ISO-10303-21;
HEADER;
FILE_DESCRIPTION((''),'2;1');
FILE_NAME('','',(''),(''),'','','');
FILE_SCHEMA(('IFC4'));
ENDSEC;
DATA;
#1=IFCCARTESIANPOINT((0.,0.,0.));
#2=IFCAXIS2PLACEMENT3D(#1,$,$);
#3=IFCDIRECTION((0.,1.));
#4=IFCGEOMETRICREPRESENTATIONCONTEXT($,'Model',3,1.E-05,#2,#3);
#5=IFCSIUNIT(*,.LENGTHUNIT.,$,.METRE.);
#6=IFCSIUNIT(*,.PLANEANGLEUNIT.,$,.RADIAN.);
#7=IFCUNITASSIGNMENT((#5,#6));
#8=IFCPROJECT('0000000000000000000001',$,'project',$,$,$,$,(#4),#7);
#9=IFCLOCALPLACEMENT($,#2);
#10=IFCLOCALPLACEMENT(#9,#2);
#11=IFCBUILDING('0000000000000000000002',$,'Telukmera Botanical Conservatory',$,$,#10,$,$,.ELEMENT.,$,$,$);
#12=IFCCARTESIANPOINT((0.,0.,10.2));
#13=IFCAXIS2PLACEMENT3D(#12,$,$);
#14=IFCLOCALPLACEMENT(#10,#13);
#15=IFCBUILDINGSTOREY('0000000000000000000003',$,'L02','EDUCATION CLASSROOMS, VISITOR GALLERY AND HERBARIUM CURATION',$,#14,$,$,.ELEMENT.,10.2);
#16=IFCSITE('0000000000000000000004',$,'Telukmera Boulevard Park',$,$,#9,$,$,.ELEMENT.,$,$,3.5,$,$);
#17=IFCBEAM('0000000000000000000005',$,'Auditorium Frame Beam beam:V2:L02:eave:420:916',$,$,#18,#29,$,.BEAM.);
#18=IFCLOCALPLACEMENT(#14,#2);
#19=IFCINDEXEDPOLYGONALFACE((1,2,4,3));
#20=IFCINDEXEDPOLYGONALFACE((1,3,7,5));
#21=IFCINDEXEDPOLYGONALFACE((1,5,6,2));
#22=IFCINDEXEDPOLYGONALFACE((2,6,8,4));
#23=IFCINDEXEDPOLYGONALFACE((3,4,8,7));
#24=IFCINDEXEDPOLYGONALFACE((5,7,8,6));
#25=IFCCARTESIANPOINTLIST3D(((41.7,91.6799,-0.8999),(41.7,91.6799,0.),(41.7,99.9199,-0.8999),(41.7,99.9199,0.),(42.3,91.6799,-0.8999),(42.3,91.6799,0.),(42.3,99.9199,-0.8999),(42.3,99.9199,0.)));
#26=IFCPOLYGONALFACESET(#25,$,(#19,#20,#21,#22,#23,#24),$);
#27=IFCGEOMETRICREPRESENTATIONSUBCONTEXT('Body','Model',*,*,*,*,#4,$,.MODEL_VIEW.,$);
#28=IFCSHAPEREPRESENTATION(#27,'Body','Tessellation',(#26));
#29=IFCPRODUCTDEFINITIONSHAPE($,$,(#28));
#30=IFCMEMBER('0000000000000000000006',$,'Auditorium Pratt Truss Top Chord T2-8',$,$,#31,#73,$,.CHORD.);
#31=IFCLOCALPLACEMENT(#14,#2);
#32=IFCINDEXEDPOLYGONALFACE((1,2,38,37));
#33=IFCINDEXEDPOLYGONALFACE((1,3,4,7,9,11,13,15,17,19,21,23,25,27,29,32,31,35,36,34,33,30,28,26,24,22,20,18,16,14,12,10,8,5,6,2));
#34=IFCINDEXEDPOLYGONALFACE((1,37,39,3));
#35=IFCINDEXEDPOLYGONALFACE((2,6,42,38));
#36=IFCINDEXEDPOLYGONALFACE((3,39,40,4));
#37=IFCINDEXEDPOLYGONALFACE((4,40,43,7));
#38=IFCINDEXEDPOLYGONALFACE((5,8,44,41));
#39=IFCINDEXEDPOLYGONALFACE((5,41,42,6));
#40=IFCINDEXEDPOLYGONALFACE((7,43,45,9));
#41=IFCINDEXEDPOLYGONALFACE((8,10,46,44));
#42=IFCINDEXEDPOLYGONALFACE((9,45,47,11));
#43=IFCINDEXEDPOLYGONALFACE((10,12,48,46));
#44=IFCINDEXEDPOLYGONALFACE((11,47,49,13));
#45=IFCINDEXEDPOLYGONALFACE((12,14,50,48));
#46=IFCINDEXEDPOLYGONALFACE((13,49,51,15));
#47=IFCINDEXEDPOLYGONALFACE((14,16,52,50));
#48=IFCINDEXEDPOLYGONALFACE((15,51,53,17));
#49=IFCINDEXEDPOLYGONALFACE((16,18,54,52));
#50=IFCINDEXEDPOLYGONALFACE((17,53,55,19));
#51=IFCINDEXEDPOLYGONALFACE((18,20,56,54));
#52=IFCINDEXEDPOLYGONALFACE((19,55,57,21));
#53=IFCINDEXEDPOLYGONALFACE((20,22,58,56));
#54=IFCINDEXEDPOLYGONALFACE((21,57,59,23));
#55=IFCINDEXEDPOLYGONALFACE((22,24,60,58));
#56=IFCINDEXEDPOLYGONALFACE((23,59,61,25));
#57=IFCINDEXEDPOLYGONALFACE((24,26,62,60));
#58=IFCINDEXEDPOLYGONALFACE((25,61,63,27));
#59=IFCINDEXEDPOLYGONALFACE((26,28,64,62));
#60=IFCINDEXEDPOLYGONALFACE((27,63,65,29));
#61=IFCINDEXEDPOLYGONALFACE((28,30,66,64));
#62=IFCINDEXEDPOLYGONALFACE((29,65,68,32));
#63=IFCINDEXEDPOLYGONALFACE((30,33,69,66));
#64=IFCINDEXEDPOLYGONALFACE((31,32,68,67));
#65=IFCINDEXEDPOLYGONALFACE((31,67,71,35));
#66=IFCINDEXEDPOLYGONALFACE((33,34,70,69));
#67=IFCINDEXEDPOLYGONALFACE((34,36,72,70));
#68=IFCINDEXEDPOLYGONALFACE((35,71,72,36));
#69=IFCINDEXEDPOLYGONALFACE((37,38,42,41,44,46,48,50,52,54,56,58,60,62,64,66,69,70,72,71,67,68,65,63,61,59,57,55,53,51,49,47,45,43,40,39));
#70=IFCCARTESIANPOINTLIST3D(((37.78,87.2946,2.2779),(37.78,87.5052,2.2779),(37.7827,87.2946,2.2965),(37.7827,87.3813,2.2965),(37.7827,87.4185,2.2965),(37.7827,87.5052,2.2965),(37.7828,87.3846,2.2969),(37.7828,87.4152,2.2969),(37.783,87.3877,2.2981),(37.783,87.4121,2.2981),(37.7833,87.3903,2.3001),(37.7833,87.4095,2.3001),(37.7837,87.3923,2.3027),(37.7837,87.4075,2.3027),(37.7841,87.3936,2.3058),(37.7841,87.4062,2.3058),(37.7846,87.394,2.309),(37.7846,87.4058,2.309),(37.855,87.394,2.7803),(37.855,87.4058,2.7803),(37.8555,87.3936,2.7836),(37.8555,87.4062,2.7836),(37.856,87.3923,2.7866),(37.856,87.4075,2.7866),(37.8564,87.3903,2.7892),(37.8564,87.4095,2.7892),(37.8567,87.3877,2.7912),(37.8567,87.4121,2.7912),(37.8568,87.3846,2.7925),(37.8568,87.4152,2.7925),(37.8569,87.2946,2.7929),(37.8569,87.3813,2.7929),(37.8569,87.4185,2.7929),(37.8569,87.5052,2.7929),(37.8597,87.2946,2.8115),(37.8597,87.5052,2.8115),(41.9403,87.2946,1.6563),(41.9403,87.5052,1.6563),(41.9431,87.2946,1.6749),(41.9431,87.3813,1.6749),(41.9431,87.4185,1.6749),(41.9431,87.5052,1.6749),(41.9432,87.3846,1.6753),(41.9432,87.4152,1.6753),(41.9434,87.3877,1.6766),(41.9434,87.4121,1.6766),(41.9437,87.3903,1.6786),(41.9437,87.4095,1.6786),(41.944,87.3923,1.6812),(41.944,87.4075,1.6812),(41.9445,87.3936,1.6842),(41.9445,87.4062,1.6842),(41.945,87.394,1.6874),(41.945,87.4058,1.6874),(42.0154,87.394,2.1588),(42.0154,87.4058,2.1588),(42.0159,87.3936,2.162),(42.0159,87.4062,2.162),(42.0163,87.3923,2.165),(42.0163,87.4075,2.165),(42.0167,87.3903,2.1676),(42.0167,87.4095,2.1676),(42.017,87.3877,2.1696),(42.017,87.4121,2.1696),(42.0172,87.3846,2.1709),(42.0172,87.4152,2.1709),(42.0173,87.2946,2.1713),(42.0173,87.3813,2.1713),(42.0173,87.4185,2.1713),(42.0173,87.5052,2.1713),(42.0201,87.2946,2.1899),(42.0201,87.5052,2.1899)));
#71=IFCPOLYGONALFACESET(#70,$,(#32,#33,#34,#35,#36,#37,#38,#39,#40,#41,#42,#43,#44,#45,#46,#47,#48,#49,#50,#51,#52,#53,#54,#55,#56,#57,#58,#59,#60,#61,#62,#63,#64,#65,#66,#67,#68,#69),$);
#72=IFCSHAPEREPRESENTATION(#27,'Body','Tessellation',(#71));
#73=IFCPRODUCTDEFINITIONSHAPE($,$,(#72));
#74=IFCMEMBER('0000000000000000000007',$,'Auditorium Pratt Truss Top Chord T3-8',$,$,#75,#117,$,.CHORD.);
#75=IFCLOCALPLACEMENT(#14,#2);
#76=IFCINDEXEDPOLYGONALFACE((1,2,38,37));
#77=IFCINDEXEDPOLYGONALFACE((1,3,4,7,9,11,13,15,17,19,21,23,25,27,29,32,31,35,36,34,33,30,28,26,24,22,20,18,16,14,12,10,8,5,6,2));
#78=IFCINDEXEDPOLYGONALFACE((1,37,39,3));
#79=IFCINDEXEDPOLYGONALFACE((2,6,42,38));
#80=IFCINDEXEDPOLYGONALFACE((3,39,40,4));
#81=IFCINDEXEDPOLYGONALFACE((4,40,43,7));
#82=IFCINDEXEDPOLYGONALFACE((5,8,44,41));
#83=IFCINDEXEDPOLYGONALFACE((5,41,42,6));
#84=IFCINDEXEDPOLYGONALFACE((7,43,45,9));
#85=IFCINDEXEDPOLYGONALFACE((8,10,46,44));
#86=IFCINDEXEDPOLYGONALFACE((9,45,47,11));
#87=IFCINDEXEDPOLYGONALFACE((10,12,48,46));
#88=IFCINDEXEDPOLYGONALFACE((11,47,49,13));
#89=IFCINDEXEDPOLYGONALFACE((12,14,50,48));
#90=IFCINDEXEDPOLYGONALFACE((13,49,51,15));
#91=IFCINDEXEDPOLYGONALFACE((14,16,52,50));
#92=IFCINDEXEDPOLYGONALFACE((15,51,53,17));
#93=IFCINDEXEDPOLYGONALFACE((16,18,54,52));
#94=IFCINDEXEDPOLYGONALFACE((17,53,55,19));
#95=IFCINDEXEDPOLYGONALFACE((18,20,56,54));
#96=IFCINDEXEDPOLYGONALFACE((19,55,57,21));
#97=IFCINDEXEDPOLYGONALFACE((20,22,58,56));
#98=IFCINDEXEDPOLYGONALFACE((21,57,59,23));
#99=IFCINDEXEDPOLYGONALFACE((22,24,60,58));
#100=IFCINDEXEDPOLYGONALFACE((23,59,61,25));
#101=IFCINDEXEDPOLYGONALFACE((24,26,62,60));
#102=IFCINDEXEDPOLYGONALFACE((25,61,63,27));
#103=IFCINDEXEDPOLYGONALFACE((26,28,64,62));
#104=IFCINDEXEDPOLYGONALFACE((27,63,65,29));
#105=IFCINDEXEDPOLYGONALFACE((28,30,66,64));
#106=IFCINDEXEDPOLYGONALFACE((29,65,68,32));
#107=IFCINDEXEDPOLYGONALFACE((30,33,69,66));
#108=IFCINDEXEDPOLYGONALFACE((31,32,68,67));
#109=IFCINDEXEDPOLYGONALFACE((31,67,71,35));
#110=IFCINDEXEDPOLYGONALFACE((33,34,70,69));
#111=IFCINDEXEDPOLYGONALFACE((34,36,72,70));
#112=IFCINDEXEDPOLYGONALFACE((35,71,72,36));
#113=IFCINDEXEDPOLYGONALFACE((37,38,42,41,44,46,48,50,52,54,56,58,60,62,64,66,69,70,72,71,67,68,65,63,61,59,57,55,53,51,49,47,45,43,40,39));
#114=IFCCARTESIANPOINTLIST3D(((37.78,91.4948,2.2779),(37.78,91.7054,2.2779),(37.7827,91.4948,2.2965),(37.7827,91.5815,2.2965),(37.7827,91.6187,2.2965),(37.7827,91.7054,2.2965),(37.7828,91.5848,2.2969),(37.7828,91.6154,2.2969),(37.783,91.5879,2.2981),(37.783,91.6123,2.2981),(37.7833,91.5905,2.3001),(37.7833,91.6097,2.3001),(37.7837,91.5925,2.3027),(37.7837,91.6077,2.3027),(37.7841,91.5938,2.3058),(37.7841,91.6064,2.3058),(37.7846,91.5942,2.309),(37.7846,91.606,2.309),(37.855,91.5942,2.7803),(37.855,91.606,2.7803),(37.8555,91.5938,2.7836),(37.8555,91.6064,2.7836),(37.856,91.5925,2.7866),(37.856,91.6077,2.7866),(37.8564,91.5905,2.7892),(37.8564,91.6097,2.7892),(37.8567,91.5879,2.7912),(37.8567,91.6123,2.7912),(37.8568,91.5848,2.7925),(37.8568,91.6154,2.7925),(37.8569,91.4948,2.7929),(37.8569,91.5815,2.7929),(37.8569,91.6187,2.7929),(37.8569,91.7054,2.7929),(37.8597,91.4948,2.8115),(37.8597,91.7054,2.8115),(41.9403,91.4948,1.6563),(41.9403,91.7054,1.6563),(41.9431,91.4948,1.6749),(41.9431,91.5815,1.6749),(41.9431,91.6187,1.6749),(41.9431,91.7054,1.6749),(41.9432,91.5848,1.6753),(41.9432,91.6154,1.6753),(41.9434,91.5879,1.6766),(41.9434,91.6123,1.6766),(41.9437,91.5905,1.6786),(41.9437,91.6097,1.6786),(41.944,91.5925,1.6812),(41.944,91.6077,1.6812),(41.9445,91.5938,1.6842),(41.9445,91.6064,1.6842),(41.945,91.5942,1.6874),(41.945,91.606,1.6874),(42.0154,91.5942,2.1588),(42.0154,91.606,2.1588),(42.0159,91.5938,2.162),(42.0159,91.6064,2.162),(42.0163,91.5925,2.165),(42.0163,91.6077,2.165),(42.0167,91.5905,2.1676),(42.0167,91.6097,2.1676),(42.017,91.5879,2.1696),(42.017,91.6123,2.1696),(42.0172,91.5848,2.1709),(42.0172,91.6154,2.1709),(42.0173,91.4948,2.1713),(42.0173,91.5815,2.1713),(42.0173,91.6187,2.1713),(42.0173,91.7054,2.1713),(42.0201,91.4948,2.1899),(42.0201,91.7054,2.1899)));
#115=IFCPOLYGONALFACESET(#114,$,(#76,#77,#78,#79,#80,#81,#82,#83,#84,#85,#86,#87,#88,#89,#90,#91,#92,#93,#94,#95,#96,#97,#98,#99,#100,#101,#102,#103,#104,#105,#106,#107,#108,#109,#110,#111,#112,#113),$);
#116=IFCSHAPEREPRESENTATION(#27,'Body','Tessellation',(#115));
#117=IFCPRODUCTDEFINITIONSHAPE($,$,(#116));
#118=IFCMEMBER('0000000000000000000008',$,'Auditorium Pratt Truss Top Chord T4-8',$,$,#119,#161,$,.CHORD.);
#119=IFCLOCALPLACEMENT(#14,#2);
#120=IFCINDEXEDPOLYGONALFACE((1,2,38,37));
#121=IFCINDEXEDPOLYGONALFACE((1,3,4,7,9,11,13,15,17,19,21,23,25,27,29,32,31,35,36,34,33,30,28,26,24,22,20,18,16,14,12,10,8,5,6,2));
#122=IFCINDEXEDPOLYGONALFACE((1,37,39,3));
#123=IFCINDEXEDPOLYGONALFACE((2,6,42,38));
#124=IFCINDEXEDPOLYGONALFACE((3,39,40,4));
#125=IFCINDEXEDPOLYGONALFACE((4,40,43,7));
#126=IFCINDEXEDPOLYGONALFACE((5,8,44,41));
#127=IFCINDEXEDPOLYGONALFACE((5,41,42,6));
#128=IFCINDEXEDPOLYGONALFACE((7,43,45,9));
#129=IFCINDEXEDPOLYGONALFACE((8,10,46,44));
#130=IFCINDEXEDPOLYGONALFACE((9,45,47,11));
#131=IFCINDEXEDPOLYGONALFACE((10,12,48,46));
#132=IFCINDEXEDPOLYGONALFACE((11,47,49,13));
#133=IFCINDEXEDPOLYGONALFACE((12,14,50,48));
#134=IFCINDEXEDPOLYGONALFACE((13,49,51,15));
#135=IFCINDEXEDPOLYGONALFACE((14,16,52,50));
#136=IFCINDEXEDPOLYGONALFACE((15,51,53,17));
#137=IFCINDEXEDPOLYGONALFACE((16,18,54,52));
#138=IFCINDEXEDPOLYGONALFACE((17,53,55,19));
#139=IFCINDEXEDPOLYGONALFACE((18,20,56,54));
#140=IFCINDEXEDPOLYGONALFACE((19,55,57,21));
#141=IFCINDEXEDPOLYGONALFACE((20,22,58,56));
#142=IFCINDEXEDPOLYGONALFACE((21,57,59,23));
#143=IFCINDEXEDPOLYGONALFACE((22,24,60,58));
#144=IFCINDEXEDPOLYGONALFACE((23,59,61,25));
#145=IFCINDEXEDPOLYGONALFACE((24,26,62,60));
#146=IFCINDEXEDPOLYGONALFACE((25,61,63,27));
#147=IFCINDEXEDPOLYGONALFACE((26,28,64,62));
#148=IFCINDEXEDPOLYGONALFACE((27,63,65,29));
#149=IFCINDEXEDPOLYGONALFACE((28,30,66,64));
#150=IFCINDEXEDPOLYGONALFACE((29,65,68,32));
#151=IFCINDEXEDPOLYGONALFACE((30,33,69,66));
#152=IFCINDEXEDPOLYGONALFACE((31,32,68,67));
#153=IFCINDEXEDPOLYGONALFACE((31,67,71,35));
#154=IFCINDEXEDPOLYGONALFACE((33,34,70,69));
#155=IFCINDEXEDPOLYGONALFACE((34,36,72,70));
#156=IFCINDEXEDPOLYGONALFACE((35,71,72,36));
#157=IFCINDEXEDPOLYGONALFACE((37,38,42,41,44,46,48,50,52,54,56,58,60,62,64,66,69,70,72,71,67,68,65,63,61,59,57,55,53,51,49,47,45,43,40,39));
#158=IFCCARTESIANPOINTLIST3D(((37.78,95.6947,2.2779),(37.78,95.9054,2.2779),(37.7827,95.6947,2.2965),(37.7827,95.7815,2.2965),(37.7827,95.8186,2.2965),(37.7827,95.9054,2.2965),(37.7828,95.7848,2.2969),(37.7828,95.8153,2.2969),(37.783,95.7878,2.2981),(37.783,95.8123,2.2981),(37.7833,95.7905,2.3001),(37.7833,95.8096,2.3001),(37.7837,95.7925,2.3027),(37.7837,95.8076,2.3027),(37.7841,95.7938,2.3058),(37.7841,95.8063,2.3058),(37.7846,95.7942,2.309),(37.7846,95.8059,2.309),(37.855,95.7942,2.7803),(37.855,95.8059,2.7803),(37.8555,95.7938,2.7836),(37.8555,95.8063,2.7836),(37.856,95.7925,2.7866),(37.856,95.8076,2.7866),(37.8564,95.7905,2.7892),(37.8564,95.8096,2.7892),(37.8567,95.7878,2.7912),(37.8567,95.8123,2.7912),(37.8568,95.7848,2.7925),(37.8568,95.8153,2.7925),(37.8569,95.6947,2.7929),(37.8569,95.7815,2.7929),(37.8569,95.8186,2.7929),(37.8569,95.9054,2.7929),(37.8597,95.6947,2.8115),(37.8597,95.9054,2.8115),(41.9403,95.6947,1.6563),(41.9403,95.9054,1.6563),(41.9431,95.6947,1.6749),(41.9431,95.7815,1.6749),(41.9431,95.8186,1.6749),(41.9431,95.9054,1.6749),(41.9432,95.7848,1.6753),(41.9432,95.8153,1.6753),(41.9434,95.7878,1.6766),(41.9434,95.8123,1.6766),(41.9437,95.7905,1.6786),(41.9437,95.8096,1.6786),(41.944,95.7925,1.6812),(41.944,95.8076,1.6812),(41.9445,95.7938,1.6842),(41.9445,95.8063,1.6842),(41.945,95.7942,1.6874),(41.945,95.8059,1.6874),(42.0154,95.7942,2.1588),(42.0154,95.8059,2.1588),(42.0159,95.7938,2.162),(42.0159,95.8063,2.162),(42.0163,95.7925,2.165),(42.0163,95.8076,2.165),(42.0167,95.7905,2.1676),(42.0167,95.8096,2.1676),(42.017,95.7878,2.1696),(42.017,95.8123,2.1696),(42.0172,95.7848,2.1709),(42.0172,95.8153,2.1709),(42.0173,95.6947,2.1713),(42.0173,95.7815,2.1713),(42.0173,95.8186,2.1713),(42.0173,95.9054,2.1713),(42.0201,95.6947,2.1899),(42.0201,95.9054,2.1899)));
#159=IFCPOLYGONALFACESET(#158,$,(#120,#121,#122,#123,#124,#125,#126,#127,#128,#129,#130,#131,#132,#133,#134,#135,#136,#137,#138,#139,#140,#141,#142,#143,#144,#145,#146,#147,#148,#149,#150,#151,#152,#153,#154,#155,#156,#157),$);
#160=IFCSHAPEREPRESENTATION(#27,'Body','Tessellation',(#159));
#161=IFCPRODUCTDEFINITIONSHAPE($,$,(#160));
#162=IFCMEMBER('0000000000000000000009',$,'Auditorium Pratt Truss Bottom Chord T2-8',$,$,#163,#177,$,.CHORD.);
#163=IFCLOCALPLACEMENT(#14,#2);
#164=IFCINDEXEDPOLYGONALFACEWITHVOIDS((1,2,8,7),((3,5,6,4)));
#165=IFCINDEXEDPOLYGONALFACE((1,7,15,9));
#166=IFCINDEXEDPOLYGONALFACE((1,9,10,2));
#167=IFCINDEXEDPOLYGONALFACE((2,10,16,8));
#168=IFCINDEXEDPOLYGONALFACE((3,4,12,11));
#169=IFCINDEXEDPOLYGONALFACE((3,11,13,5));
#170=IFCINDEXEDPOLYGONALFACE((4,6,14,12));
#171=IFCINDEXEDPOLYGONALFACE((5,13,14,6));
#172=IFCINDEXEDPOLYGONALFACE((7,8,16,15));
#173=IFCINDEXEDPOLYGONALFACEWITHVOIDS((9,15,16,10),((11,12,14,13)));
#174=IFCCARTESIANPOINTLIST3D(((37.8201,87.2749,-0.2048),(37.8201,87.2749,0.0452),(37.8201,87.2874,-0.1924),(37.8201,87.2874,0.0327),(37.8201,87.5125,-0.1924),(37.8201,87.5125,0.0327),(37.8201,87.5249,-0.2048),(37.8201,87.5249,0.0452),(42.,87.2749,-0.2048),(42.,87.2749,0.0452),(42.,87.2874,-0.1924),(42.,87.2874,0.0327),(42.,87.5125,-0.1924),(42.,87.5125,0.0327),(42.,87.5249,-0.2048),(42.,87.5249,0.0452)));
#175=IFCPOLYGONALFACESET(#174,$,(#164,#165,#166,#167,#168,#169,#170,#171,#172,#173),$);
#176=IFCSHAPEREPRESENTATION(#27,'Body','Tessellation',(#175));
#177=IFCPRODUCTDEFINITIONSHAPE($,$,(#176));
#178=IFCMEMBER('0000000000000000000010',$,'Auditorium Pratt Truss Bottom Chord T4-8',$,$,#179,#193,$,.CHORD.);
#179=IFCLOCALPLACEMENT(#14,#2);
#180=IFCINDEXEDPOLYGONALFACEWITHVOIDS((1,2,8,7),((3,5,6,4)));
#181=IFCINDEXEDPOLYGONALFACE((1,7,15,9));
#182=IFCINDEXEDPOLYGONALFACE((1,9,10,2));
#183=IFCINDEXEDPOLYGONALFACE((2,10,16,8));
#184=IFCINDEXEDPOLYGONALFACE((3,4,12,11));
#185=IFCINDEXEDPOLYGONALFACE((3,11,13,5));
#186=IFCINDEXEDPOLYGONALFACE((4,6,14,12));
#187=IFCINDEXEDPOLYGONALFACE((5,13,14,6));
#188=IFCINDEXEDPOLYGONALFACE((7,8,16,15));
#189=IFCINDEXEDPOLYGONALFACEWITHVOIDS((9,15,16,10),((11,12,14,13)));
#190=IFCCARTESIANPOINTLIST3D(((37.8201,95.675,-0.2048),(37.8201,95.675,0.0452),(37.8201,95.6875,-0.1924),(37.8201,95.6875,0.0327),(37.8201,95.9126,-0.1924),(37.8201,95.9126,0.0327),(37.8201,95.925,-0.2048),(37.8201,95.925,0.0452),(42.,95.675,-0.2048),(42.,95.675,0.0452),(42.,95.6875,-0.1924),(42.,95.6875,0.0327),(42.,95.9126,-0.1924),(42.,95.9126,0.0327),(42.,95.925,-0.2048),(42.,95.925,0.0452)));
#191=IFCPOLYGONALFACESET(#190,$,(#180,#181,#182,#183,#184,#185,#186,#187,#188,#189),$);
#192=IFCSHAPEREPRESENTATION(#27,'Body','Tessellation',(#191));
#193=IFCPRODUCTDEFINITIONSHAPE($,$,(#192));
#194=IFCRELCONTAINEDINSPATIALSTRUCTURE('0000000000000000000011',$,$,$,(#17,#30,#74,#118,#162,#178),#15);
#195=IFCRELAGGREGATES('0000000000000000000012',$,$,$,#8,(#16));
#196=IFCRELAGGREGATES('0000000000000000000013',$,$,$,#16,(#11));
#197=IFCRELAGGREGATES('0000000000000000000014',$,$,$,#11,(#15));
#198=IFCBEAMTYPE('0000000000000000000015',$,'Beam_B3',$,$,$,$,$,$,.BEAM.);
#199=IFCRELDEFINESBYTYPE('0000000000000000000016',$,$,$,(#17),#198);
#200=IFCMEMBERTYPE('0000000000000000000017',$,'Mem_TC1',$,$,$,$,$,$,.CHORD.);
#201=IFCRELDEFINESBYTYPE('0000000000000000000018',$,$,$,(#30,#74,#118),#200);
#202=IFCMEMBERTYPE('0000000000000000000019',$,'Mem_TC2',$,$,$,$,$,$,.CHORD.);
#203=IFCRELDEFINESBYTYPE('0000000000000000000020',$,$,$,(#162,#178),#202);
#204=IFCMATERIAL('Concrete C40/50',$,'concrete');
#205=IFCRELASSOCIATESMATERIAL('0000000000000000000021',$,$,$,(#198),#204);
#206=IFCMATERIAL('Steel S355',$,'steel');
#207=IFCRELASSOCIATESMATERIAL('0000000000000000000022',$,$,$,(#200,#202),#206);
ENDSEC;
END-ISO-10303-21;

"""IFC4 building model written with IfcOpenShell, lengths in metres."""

from ifc_helpers import new_model, si_unit, direction, frame, origin, origin_2d, place, context, subcontext, project, spatial, rectangle, hollow_rectangle, i_section, extrude, material, material_profile, profile_set, type_object, element, save


model = new_model("IFC4")

# Units and contexts
model_context = context("Model", 3, precision=1e-05, world=origin(), true_north=direction((0.0, 1.0)))
body_context = subcontext(model_context, "Body", "Model", "MODEL_VIEW")
ifc_project = project(units=[si_unit("LENGTHUNIT", "METRE"), si_unit("PLANEANGLEUNIT", "RADIAN")], contexts=[model_context])

# Site, building, storey
site_placement = place(None, origin())
site = spatial("IfcSite", under=ifc_project, at=site_placement, Name="Telukmera Boulevard Park", CompositionType="ELEMENT", RefElevation=3.5)
building_placement = place(site_placement, origin())
building = spatial("IfcBuilding", under=site, at=building_placement, Name="Telukmera Botanical Conservatory", CompositionType="ELEMENT")
storey_placement = place(building_placement, frame((0.0, 0.0, 10.2)))
storey = spatial("IfcBuildingStorey", under=building, at=storey_placement, Name="L02", Description="EDUCATION CLASSROOMS, VISITOR GALLERY AND HERBARIUM CURATION", CompositionType="ELEMENT", Elevation=10.2)

# Beam
ifc_material_1 = material(Name="Concrete C40/50", Category="concrete")
ifc_material_profile_1 = material_profile(ifc_material_1, rectangle(XDim=0.6001, YDim=0.8999, at=origin_2d()), Name="RC 600x900")
ifc_profile_set_1 = profile_set([ifc_material_profile_1], Name="Concrete C40/50")
beam_type = type_object("IfcBeamType", Name="Beam_B3", PredefinedType="BEAM", material=ifc_profile_set_1)
beam_placement = place(storey_placement, frame((42.0, 91.6799, -0.45), z_axis=(0.0, 1.0, 0.0), x_axis=(-1.0, 0.0, 0.0)))
element("IfcBeam", 1, at=beam_placement, inside=storey, type_object=beam_type, Name="Auditorium Frame Beam beam:V2:L02:eave:420:916", PredefinedType="BEAM", context=body_context, shape_type="SweptSolid", body=[
    extrude(rectangle(XDim=0.6001, YDim=0.8999, at=origin_2d()), origin(), (0.0, 0.0, 1.0), 8.24),
])

# Members
ifc_material_2 = material(Name="Steel S355", Category="steel")
ifc_material_profile_2 = material_profile(ifc_material_2, i_section(OverallWidth=0.2107, OverallDepth=0.5396, WebThickness=0.0117, FlangeThickness=0.0188, FilletRadius=0.0127, at=origin_2d()), Name="UB 533x210x109")
ifc_profile_set_2 = profile_set([ifc_material_profile_2], Name="Steel S355")
member_type_1 = type_object("IfcMemberType", Name="Mem_TC1", PredefinedType="CHORD", material=ifc_profile_set_2)
for number, where, z_axis, x_axis, name in (
    (2, (37.8198, 87.3999, 2.5447), (0.989023, 0.0, -0.147764), (0.0, 1.0, 0.0), "Auditorium Pratt Truss Top Chord T2-8"),
    (3, (37.8198, 91.6001, 2.5447), (0.989023, 0.0, -0.147764), (0.0, 1.0, 0.0), "Auditorium Pratt Truss Top Chord T3-8"),
    (4, (37.8198, 95.8, 2.5447), (0.989023, 0.0, -0.147764), (0.0, 1.0, 0.0), "Auditorium Pratt Truss Top Chord T4-8"),
):
    element("IfcMember", number, at=place(storey_placement, frame(where, z_axis=z_axis, x_axis=x_axis)), inside=storey, type_object=member_type_1, Name=name, PredefinedType="CHORD", context=body_context, shape_type="SweptSolid", body=[
        extrude(i_section(OverallWidth=0.2107, OverallDepth=0.5396, WebThickness=0.0117, FlangeThickness=0.0188, FilletRadius=0.0127, at=origin_2d()), origin(), (0.0, 0.0, 1.0), 4.2065),
    ])
ifc_material_profile_3 = material_profile(ifc_material_2, hollow_rectangle(XDim=0.25, YDim=0.25, WallThickness=0.0125, at=origin_2d()), Name="SHS 250x250x12.5")
ifc_profile_set_3 = profile_set([ifc_material_profile_3], Name="Steel S355")
member_type_2 = type_object("IfcMemberType", Name="Mem_TC2", PredefinedType="CHORD", material=ifc_profile_set_3)
for number, where, z_axis, x_axis, name in (
    (5, (37.8201, 87.3999, -0.0798), (1.0, 0.0, 0.0), (0.0, 1.0, 0.0), "Auditorium Pratt Truss Bottom Chord T2-8"),
    (6, (37.8201, 95.8, -0.0798), (1.0, 0.0, 0.0), (0.0, 1.0, 0.0), "Auditorium Pratt Truss Bottom Chord T4-8"),
):
    element("IfcMember", number, at=place(storey_placement, frame(where, z_axis=z_axis, x_axis=x_axis)), inside=storey, type_object=member_type_2, Name=name, PredefinedType="CHORD", context=body_context, shape_type="SweptSolid", body=[
        extrude(hollow_rectangle(XDim=0.25, YDim=0.25, WallThickness=0.0125, at=origin_2d()), origin(), (0.0, 0.0, 1.0), 4.1799),
    ])

save(model, "model.ifc")
